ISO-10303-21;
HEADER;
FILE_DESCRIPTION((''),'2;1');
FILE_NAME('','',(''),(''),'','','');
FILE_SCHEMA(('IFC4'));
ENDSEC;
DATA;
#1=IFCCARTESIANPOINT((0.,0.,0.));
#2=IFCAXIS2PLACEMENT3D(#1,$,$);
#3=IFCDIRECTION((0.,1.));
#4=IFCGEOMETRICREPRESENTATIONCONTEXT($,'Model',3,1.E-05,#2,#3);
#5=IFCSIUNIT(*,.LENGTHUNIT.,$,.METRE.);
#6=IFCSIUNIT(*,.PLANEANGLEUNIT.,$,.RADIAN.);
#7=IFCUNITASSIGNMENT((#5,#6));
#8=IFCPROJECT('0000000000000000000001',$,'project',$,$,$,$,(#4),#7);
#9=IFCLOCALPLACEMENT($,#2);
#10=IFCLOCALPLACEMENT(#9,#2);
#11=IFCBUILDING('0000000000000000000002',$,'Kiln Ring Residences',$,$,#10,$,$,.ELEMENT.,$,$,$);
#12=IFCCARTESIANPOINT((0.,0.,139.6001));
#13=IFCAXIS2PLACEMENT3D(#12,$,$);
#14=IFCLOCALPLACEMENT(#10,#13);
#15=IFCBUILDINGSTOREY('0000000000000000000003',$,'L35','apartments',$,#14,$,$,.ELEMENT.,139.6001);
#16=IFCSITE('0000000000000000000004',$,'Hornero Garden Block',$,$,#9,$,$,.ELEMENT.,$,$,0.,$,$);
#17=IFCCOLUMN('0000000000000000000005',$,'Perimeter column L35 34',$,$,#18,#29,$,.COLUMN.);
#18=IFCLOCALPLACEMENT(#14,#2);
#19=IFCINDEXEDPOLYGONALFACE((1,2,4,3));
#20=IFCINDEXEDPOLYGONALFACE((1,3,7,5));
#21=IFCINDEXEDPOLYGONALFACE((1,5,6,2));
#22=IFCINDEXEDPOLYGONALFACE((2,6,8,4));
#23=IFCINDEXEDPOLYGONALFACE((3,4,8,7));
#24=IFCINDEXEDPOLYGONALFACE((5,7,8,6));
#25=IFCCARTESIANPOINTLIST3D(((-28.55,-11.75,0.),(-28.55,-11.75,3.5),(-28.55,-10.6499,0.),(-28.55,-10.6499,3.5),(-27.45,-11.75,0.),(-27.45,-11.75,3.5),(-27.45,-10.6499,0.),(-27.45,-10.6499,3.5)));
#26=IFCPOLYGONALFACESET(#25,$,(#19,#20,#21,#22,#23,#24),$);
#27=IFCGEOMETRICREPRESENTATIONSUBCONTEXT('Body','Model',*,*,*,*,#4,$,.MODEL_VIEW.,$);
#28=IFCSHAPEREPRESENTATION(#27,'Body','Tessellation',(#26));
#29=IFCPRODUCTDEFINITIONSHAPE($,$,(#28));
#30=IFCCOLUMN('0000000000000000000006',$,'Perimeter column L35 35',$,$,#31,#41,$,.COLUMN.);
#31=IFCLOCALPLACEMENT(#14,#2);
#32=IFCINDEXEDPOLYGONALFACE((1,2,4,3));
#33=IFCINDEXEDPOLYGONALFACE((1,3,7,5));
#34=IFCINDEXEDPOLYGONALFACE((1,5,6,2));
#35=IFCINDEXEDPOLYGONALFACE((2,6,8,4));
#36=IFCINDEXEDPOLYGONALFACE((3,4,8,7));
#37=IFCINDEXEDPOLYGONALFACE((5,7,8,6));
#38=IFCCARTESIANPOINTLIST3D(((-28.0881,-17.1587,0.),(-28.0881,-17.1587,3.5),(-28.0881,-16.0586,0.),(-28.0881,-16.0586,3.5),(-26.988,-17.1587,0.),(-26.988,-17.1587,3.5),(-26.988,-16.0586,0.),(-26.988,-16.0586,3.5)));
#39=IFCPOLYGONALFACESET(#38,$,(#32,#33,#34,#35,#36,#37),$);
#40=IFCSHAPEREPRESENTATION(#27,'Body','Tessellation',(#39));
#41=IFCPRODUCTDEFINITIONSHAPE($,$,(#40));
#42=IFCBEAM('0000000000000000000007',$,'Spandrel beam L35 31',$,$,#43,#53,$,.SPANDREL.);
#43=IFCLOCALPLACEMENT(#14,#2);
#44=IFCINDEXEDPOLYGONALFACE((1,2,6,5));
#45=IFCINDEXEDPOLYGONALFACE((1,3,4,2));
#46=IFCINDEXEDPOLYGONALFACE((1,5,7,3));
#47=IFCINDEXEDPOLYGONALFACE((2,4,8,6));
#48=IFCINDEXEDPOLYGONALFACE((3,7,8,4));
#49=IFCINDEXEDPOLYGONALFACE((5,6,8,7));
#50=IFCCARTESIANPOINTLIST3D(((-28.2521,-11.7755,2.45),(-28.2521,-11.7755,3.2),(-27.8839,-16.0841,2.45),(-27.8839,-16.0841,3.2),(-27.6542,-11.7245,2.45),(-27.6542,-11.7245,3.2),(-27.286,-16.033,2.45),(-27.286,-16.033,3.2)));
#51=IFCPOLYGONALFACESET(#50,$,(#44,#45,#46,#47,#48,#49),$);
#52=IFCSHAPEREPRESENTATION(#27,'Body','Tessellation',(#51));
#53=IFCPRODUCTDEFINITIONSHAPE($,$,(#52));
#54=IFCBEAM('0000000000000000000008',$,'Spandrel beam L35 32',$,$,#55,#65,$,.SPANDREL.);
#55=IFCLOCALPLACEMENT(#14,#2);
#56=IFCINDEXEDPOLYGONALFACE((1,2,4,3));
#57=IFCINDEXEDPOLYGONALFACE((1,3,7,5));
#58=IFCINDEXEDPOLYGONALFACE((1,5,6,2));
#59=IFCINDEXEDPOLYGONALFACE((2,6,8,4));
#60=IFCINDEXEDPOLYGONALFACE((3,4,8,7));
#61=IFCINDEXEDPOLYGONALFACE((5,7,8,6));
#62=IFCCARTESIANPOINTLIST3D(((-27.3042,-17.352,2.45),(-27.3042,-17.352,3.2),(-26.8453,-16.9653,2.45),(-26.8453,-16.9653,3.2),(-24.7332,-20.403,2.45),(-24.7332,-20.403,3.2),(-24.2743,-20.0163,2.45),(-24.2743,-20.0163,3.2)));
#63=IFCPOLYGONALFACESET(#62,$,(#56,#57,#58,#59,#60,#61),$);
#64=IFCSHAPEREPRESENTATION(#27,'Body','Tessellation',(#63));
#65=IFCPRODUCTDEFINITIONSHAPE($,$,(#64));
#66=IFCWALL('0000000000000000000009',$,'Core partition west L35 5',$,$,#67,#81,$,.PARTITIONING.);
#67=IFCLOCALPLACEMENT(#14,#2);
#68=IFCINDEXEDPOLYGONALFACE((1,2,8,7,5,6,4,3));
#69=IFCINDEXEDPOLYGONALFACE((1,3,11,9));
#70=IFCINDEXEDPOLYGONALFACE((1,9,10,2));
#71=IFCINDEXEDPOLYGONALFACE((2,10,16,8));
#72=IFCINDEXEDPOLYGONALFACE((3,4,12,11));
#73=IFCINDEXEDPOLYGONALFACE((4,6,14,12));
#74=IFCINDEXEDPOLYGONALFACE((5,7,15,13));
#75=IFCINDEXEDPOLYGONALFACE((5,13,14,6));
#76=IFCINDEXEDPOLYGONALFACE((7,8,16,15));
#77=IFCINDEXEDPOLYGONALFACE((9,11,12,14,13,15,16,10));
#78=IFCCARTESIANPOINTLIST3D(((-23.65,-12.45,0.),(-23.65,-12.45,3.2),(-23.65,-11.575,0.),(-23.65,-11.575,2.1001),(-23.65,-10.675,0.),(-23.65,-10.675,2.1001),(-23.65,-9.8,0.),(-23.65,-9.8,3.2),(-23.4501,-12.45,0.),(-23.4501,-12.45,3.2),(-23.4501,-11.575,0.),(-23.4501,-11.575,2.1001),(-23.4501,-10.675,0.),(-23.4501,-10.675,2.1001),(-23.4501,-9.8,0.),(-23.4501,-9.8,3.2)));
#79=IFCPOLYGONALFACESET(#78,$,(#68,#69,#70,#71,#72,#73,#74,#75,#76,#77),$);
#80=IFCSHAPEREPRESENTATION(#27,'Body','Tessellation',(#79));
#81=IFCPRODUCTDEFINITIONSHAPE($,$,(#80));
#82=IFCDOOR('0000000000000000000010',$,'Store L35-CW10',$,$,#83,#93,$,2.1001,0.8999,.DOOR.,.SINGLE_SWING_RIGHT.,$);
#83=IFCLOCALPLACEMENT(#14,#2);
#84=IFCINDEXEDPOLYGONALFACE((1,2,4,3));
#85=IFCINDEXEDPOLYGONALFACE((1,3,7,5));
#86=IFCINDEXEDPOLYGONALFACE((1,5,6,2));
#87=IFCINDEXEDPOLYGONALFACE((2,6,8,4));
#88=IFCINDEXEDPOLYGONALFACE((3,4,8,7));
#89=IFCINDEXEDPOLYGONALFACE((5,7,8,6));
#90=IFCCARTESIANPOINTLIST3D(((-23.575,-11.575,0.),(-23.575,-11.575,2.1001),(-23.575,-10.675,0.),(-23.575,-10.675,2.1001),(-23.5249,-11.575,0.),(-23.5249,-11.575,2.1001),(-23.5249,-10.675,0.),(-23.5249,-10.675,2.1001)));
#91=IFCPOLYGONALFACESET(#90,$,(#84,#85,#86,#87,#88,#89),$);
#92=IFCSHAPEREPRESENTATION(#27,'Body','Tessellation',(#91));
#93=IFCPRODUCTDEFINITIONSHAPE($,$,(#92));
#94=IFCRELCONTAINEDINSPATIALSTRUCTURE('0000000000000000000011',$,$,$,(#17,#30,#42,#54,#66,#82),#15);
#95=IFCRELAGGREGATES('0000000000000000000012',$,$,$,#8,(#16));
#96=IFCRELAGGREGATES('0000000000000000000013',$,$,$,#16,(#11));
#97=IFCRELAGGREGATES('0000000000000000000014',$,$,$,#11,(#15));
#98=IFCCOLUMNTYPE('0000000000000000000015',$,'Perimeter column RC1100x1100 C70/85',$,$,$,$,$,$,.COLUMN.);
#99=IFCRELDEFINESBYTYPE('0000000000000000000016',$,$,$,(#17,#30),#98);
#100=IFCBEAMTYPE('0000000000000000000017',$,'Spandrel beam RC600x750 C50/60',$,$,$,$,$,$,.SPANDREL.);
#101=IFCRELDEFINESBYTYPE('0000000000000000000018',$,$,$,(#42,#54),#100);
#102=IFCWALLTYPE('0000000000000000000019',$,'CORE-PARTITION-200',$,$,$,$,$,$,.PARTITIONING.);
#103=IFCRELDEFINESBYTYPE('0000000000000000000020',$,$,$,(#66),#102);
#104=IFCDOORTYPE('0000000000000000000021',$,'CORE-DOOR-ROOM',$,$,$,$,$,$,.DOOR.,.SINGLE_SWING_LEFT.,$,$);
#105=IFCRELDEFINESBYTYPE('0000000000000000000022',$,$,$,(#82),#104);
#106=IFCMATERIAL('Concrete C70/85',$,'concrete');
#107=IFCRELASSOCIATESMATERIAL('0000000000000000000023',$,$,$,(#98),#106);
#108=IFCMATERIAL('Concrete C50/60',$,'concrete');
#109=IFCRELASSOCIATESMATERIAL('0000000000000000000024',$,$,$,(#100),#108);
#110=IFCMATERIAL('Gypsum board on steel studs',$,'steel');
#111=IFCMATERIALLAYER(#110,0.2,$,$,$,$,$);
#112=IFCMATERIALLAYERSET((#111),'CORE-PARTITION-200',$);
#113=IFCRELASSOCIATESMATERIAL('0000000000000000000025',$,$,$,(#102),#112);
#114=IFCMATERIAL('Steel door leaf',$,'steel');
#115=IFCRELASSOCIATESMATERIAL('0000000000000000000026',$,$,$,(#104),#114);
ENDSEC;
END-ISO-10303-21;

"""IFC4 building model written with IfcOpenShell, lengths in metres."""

from ifc_helpers import new_model, si_unit, direction, frame, frame_2d, origin, origin_2d, place, context, subcontext, project, spatial, rectangle, extrude, material, layer, layer_set, material_profile, profile_set, type_object, element, fill, save


model = new_model("IFC4")

# Units and contexts
model_context = context("Model", 3, precision=1e-05, world=origin(), true_north=direction((0.0, 1.0)))
body_context = subcontext(model_context, "Body", "Model", "MODEL_VIEW")
ifc_project = project(units=[si_unit("LENGTHUNIT", "METRE"), si_unit("PLANEANGLEUNIT", "RADIAN")], contexts=[model_context])

# Site, building, storey
site_placement = place(None, origin())
site = spatial("IfcSite", under=ifc_project, at=site_placement, Name="Hornero Garden Block", CompositionType="ELEMENT", RefElevation=0.0)
building_placement = place(site_placement, origin())
building = spatial("IfcBuilding", under=site, at=building_placement, Name="Kiln Ring Residences", CompositionType="ELEMENT")
storey_placement = place(building_placement, frame((0.0, 0.0, 139.6001)))
storey = spatial("IfcBuildingStorey", under=building, at=storey_placement, Name="L35", Description="apartments", CompositionType="ELEMENT", Elevation=139.6001)

# Columns
ifc_material_1 = material(Name="Concrete C70/85", Category="concrete")
ifc_material_profile_1 = material_profile(ifc_material_1, rectangle(XDim=1.1001, YDim=1.1001, at=origin_2d()), Name="RC1100x1100")
ifc_profile_set_1 = profile_set([ifc_material_profile_1], Name="Concrete C70/85")
column_type = type_object("IfcColumnType", Name="Perimeter column RC1100x1100 C70/85", PredefinedType="COLUMN", material=ifc_profile_set_1)
for number, where, z_axis, x_axis, name in (
    (1, (-28.0, -11.2, 0.0), (0.0, 0.0, 1.0), (1.0, 0.0, 0.0), "Perimeter column L35 34"),
    (2, (-27.5381, -16.6086, 0.0), (0.0, 0.0, 1.0), (1.0, 0.0, 0.0), "Perimeter column L35 35"),
):
    element("IfcColumn", number, at=place(storey_placement, frame(where, z_axis=z_axis, x_axis=x_axis)), inside=storey, type_object=column_type, Name=name, PredefinedType="COLUMN", context=body_context, shape_type="SweptSolid", body=[
        extrude(rectangle(XDim=1.1001, YDim=1.1001, at=origin_2d()), origin(), (0.0, 0.0, 1.0), 3.5),
    ])

# Beams
ifc_material_2 = material(Name="Concrete C50/60", Category="concrete")
ifc_material_profile_2 = material_profile(ifc_material_2, rectangle(XDim=0.6001, YDim=0.75, at=origin_2d()), Name="RC600x750")
ifc_profile_set_2 = profile_set([ifc_material_profile_2], Name="Concrete C50/60")
beam_type = type_object("IfcBeamType", Name="Spandrel beam RC600x750 C50/60", PredefinedType="SPANDREL", material=ifc_profile_set_2)
beam_1_placement = place(storey_placement, frame((-27.9531, -11.75, 2.825), z_axis=(0.085139, -0.996369, 0.0), x_axis=(0.996369, 0.085139, 0.0)))
element("IfcBeam", 3, at=beam_1_placement, inside=storey, type_object=beam_type, Name="Spandrel beam L35 31", PredefinedType="SPANDREL", context=body_context, shape_type="SweptSolid", body=[
    extrude(rectangle(XDim=0.6001, YDim=0.75, at=origin_2d()), origin(), (0.0, 0.0, 1.0), 4.3242),
])
beam_2_placement = place(storey_placement, frame((-27.0747, -17.1587, 2.825), z_axis=(0.644394, -0.764694, 0.0), x_axis=(0.764694, 0.644394, 0.0)))
element("IfcBeam", 4, at=beam_2_placement, inside=storey, type_object=beam_type, Name="Spandrel beam L35 32", PredefinedType="SPANDREL", context=body_context, shape_type="SweptSolid", body=[
    extrude(rectangle(XDim=0.6001, YDim=0.75, at=origin_2d()), origin(), (0.0, 0.0, 1.0), 3.9897),
])

# Wall, opening, door
ifc_material_3 = material(Name="Gypsum board on steel studs", Category="steel")
ifc_layer_1 = layer(ifc_material_3, 0.2)
ifc_layer_set_1 = layer_set([ifc_layer_1], Name="CORE-PARTITION-200")
wall_type_1 = type_object("IfcWallType", Name="CORE-PARTITION-200", PredefinedType="PARTITIONING", material=ifc_layer_set_1)
wall_1_placement = place(storey_placement, frame((-23.55, -12.45, 0.0), z_axis=(0.0, 0.0, 1.0), x_axis=(0.0, 1.0, 0.0)))
wall_1 = element("IfcWall", 5, at=wall_1_placement, inside=storey, type_object=wall_type_1, Name="Core partition west L35 5", PredefinedType="PARTITIONING", context=body_context, shape_type="SweptSolid", body=[
    extrude(rectangle(XDim=2.6499, YDim=0.2, at=frame_2d((1.325, 0.0))), origin(), (0.0, 0.0, 1.0), 3.2),
])
opening_1_placement = place(wall_1_placement, frame((0.875, 0.0, 0.0)))
opening_1 = element("IfcOpeningElement", 6, at=opening_1_placement, cuts=wall_1, PredefinedType="OPENING", context=body_context, shape_type="SweptSolid", body=[
    extrude(rectangle(XDim=0.8999, YDim=2.1001, at=frame_2d((0.45, 1.05))), frame((0.0, 0.1099, 0.0), z_axis=(0.0, -1.0, 0.0), x_axis=(1.0, 0.0, 0.0)), (0.0, 0.0, 1.0), 0.22),
])
ifc_material_4 = material(Name="Steel door leaf", Category="steel")
door_type_1 = type_object("IfcDoorType", Name="CORE-DOOR-ROOM", OperationType="SINGLE_SWING_LEFT", PredefinedType="DOOR", material=ifc_material_4)
door_1_placement = place(opening_1_placement, origin())
door_1 = element("IfcDoor", 7, at=door_1_placement, inside=storey, type_object=door_type_1, Name="Store L35-CW10", OperationType="SINGLE_SWING_RIGHT", OverallHeight=2.1001, OverallWidth=0.8999, PredefinedType="DOOR", context=body_context, shape_type="SweptSolid", body=[
    extrude(rectangle(XDim=0.8999, YDim=2.1001, at=frame_2d((0.45, 1.05))), frame((0.0, 0.0249, 0.0), z_axis=(0.0, -1.0, 0.0), x_axis=(1.0, 0.0, 0.0)), (0.0, 0.0, 1.0), 0.05),
])
fill(opening_1, door_1)

save(model, "model.ifc")
